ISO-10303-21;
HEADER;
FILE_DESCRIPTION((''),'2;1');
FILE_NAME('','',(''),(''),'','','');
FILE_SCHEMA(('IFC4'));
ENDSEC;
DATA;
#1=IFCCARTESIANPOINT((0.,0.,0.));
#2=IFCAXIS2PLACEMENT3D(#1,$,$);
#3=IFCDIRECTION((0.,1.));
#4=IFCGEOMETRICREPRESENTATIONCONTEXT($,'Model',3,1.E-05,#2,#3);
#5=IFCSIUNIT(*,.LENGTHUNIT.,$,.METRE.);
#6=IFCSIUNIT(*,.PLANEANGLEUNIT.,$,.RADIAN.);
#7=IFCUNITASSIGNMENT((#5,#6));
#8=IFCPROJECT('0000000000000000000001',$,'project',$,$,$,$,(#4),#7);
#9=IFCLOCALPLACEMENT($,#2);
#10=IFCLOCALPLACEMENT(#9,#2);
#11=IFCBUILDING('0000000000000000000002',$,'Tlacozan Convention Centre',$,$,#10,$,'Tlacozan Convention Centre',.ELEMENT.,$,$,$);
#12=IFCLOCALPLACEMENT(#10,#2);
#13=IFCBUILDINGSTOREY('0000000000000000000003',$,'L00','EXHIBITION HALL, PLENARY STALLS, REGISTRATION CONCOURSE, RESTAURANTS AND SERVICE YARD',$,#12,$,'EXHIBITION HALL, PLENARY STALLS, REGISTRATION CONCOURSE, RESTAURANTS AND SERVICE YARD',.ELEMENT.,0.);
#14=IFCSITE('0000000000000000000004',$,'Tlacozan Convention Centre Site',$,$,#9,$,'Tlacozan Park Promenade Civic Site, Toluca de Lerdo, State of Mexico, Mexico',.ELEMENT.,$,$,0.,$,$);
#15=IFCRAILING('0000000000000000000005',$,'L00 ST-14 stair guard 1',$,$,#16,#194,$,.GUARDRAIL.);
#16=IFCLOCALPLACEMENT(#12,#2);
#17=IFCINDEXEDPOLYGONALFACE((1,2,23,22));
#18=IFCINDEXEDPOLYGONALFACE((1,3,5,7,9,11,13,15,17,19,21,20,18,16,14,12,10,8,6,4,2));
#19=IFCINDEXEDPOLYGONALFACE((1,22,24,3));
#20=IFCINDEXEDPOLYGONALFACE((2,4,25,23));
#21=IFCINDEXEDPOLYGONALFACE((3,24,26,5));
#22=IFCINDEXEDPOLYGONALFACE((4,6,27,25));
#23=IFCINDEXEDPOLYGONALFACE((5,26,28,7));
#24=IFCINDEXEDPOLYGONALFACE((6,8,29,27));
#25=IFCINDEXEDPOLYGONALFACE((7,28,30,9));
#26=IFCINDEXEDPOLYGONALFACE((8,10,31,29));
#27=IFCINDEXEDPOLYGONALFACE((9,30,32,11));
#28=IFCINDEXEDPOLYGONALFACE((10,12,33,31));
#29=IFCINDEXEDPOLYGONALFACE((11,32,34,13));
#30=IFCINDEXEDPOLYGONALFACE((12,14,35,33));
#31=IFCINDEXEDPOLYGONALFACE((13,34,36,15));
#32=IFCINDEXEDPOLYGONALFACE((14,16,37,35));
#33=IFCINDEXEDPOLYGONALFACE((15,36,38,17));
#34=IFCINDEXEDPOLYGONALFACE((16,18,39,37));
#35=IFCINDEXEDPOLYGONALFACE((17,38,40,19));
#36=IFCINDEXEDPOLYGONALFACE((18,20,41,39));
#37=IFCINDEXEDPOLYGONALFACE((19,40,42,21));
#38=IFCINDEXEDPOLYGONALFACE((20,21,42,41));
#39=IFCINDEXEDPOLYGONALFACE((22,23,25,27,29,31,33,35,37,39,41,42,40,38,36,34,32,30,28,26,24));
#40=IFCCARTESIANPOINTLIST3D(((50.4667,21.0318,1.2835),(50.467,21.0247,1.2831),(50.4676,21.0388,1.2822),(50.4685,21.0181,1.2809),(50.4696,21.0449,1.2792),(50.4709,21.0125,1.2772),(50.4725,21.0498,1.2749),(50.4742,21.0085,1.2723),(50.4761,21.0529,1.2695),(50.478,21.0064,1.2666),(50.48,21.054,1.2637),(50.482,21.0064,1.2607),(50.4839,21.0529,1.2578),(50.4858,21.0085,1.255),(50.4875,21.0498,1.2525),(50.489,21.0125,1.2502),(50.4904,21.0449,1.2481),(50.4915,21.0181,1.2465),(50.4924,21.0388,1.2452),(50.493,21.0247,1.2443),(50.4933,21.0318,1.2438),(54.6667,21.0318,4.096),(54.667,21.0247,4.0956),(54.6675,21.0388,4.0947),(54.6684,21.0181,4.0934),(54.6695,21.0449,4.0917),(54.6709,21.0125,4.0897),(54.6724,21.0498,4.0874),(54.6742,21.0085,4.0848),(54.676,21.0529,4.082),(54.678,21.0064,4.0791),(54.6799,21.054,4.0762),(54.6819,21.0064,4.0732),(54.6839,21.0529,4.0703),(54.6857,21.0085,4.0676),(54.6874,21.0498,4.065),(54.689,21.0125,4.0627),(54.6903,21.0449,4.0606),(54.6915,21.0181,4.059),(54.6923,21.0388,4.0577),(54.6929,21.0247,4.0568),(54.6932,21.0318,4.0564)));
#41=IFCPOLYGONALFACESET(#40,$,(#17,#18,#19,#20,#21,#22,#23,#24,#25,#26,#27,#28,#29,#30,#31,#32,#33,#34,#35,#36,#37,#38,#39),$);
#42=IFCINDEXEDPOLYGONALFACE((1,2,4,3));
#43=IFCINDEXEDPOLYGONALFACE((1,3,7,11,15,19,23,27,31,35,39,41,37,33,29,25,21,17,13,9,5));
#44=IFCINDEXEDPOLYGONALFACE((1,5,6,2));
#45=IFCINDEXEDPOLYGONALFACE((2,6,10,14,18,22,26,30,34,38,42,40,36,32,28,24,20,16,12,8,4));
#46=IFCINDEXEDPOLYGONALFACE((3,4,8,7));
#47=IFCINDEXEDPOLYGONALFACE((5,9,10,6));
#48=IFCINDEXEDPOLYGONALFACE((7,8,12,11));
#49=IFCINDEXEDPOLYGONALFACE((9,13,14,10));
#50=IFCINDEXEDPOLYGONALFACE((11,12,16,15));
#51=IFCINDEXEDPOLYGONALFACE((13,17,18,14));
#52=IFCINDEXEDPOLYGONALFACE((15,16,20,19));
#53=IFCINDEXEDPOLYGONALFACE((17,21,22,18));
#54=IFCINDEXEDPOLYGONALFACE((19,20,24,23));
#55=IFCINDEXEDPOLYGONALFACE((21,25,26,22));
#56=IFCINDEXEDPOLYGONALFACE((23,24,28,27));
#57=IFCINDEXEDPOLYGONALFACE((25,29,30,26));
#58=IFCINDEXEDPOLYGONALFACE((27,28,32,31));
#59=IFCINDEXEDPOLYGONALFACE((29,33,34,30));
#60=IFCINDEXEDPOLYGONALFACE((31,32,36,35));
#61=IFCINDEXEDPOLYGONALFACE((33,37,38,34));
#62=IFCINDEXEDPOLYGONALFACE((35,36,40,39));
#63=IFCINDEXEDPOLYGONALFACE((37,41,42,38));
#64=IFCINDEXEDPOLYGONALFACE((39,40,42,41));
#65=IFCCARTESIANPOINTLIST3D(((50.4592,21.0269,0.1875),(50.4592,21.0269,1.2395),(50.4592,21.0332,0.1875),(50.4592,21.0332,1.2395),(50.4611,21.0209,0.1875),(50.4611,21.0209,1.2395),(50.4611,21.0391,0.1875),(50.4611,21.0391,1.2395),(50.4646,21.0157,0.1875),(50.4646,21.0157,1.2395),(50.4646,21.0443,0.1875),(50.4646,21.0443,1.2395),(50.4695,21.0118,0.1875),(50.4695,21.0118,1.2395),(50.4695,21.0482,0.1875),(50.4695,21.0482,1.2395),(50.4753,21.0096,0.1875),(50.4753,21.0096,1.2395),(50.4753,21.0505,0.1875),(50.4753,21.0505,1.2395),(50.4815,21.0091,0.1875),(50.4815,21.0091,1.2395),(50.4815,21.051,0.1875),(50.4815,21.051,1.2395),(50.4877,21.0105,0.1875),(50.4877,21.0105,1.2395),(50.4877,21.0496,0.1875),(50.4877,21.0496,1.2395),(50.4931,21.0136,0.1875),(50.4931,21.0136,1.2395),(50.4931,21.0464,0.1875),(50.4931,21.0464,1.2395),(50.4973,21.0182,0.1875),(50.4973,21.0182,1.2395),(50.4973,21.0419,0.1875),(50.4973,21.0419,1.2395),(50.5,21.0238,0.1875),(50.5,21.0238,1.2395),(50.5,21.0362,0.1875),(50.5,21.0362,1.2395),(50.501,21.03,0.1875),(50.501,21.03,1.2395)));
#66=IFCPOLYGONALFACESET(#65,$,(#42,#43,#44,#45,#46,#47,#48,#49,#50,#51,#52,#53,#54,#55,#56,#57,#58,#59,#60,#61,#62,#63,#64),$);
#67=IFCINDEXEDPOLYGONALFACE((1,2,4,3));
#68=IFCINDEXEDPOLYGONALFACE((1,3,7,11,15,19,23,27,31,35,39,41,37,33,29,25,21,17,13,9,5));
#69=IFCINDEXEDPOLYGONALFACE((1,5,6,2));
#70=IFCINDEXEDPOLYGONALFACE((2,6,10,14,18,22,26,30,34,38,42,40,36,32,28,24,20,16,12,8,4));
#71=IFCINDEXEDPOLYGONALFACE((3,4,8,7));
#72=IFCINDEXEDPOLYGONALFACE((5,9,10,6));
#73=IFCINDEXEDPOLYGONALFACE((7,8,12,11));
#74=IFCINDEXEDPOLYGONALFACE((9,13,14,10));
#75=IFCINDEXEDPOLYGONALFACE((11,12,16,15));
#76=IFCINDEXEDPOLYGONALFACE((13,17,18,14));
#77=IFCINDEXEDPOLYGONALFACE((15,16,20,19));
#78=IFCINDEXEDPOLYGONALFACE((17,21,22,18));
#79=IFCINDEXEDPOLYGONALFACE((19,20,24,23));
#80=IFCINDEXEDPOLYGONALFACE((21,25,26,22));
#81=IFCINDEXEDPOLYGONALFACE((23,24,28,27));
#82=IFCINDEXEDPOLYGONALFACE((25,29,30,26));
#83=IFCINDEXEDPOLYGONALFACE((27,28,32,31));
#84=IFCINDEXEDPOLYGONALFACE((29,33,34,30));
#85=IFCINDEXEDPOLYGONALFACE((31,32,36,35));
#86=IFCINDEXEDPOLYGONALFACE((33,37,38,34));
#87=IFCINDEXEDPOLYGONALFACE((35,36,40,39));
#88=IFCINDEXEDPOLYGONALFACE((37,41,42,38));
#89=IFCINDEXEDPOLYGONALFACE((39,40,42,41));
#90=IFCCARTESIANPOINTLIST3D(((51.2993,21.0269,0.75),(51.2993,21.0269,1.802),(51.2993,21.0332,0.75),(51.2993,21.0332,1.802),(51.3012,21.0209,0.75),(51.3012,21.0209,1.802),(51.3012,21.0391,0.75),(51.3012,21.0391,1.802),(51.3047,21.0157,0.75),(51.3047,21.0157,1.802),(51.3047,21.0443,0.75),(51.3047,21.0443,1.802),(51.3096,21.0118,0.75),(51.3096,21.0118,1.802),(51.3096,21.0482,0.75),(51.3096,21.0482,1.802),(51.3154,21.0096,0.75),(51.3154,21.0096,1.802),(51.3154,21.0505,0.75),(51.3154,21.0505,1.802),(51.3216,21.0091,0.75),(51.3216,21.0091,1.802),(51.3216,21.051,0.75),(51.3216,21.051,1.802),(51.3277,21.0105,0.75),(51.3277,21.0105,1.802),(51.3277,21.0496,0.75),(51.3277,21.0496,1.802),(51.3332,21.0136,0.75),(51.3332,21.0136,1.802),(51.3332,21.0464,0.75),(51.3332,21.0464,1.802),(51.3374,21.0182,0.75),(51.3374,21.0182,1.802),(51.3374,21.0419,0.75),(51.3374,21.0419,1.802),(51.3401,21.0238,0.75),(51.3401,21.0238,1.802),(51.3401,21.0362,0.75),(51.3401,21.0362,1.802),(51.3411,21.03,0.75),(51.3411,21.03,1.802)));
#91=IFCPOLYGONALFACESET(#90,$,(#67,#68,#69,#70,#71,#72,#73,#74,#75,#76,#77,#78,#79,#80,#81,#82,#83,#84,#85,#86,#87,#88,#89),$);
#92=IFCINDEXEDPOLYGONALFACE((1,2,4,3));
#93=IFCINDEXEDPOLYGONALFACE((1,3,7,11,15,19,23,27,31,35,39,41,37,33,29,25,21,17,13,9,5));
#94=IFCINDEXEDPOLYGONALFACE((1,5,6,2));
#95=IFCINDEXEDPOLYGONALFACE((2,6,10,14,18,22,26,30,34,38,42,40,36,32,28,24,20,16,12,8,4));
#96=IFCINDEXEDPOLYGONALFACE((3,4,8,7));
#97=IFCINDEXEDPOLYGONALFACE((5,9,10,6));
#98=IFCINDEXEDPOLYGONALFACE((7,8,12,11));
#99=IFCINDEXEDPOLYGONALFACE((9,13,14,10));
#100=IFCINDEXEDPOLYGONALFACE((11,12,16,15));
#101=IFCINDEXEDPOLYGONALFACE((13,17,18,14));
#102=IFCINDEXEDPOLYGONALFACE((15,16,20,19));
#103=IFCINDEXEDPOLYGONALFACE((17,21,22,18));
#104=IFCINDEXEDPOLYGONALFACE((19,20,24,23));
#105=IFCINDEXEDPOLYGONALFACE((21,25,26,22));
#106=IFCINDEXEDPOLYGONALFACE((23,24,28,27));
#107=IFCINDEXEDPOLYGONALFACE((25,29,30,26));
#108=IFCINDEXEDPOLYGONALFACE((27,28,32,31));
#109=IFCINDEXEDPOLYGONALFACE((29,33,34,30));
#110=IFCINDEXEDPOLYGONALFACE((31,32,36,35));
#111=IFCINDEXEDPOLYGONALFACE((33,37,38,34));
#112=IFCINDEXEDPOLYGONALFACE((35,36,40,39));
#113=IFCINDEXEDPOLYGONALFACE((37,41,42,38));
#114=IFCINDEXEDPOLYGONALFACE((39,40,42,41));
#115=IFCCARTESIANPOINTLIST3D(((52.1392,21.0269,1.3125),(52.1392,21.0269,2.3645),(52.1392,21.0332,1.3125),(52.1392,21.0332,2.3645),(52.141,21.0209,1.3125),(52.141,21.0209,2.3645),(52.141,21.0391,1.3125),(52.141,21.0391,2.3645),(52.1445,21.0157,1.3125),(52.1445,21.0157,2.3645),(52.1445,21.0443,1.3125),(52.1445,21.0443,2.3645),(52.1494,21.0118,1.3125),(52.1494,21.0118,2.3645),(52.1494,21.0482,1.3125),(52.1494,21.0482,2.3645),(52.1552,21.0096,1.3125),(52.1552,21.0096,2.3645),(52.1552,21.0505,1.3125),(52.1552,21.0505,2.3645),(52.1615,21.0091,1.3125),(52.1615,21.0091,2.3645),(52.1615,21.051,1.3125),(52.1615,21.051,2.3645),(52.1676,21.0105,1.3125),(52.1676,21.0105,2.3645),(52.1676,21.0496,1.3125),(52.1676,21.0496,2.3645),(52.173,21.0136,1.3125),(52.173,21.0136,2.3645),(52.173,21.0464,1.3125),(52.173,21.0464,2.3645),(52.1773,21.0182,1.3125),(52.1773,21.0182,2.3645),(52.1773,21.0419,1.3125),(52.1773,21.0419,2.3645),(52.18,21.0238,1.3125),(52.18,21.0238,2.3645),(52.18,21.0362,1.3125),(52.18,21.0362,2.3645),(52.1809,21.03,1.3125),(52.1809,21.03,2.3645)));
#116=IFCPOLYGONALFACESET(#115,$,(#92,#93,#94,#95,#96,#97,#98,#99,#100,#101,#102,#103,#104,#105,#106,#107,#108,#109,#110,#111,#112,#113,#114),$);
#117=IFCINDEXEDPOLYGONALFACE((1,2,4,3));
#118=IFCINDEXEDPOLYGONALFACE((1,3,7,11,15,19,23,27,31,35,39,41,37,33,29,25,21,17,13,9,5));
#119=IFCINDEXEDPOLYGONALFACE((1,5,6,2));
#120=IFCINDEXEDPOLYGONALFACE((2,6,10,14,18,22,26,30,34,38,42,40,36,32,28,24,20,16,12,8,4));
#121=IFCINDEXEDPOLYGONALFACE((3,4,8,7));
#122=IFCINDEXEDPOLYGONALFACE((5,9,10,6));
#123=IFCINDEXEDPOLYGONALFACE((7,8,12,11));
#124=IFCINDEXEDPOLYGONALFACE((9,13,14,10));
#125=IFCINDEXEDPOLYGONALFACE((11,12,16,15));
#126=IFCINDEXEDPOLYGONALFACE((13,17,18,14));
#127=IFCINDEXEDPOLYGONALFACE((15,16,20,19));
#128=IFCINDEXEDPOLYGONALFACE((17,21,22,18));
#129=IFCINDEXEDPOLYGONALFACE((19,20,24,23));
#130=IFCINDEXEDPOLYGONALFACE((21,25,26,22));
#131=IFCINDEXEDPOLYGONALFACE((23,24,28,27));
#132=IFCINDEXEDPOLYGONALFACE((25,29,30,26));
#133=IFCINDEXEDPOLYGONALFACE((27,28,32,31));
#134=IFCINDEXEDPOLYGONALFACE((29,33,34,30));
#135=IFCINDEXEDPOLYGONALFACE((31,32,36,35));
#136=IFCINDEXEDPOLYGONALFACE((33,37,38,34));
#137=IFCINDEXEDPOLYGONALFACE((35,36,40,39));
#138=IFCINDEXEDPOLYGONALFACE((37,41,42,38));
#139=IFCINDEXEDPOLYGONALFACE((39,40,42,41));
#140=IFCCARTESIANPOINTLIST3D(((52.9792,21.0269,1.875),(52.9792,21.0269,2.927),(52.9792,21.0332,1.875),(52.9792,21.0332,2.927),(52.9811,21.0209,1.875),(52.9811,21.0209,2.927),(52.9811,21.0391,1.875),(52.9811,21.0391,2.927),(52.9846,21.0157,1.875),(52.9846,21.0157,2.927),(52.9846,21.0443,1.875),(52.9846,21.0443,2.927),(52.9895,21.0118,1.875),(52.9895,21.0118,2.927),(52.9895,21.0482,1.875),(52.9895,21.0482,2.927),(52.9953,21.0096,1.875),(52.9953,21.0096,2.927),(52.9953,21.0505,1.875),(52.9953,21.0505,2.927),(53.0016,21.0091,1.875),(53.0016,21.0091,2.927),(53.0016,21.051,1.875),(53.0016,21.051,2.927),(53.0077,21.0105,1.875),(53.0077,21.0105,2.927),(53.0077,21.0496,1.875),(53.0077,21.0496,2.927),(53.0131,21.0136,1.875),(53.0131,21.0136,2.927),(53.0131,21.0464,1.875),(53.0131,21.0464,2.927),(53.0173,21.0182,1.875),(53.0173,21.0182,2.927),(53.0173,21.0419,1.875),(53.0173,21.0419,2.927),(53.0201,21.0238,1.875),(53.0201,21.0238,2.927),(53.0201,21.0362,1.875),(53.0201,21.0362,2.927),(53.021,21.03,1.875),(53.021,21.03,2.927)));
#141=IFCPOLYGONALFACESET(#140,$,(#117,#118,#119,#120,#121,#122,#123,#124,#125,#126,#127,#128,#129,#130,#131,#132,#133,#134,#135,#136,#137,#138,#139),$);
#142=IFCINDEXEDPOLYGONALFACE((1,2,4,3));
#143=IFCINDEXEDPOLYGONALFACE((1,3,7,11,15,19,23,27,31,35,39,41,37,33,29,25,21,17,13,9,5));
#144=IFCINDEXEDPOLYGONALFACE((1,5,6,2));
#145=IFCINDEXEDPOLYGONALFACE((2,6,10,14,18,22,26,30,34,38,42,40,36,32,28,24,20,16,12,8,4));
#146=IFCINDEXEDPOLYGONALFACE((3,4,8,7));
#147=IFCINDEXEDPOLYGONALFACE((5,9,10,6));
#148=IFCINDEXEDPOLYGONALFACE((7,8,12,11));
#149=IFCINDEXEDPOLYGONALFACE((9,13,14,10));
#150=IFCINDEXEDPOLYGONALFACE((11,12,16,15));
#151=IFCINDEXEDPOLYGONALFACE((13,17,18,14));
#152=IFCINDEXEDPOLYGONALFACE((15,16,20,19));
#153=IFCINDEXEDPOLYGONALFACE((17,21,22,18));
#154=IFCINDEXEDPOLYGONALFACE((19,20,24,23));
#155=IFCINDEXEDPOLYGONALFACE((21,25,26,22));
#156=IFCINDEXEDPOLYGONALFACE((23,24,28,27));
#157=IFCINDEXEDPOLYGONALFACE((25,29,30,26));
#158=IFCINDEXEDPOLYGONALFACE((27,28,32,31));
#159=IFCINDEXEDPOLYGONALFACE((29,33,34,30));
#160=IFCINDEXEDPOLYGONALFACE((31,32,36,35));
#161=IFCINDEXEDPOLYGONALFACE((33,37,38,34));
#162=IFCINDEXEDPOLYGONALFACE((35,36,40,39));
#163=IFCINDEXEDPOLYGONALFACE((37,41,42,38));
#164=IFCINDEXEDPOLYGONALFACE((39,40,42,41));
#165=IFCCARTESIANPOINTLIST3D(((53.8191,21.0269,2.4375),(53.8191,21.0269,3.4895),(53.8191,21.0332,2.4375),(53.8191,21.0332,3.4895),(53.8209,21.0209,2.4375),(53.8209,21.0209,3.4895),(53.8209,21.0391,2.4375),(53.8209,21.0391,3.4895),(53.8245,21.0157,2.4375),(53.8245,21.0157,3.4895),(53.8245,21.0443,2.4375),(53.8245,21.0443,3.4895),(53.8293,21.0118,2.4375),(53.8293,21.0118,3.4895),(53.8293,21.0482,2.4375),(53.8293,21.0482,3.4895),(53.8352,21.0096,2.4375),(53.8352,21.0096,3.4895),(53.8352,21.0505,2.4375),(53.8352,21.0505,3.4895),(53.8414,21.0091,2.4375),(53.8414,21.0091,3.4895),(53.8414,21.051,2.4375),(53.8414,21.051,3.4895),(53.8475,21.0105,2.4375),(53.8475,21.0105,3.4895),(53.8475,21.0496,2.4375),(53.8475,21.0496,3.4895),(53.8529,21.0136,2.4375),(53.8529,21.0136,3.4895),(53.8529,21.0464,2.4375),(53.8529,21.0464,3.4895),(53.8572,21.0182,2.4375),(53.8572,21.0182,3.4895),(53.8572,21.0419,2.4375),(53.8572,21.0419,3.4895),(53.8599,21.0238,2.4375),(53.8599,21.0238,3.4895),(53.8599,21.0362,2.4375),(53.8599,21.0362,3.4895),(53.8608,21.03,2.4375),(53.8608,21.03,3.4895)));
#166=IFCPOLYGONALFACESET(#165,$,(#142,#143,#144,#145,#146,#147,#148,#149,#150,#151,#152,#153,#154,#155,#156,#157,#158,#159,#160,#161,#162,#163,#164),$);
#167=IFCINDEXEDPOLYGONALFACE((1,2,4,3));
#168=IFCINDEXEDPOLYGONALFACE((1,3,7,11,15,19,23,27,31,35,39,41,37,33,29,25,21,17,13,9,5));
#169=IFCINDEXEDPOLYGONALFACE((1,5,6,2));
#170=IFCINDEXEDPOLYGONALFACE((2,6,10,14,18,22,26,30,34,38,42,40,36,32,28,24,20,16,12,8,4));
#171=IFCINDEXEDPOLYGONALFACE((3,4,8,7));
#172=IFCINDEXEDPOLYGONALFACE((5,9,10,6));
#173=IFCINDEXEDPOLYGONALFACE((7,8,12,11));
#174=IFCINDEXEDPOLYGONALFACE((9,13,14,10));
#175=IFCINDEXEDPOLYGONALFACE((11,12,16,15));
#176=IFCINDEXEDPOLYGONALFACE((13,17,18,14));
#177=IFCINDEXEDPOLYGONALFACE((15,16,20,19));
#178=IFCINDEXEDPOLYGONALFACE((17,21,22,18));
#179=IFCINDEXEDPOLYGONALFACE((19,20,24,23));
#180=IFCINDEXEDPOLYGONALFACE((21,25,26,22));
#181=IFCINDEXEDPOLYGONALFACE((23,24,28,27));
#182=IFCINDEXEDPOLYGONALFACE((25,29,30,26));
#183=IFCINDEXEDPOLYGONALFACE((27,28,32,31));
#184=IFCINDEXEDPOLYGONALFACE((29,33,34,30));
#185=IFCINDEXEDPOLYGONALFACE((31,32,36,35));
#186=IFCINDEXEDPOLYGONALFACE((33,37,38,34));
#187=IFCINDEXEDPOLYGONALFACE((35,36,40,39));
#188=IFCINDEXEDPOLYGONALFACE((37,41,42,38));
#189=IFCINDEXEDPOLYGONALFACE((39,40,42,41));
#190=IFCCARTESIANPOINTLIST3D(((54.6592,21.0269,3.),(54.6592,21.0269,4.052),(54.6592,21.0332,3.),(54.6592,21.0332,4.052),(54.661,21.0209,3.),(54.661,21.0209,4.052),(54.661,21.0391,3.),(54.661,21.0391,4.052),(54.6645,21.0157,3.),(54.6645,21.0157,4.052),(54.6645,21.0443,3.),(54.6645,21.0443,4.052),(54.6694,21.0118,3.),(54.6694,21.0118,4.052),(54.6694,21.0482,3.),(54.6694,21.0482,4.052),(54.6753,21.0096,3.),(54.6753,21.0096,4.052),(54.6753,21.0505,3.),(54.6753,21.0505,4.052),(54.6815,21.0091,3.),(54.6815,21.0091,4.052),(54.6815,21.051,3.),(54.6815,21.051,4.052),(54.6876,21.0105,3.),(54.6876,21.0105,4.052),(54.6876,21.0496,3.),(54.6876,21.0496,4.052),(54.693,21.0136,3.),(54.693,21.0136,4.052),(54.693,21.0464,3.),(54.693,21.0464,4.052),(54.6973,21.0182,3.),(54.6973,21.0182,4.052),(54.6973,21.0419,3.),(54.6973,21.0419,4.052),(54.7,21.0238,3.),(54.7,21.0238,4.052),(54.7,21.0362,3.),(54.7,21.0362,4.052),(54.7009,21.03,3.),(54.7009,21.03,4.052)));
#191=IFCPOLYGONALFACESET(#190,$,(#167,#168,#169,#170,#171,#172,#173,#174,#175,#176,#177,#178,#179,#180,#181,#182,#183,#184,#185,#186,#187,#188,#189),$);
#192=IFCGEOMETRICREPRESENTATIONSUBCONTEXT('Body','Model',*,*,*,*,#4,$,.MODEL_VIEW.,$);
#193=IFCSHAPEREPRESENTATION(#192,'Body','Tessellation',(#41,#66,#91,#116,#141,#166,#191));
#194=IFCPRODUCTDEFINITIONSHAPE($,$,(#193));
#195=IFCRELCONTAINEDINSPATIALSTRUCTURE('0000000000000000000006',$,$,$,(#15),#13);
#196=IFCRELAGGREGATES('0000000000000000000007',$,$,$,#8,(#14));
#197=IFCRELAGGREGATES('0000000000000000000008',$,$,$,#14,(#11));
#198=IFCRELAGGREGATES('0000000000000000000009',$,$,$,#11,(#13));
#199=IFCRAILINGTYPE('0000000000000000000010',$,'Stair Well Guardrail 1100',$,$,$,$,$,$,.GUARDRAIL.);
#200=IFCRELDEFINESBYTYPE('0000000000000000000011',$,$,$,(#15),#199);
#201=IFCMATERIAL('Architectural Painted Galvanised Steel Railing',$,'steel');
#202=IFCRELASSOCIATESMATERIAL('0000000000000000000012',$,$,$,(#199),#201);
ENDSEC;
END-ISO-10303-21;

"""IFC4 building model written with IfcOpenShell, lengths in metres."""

from ifc_helpers import new_model, si_unit, direction, frame, origin, origin_2d, place, context, subcontext, project, spatial, circle, extrude, material, type_object, element, save


model = new_model("IFC4")

# Units and contexts
model_context = context("Model", 3, precision=1e-05, world=origin(), true_north=direction((0.0, 1.0)))
body_context = subcontext(model_context, "Body", "Model", "MODEL_VIEW")
ifc_project = project(units=[si_unit("LENGTHUNIT", "METRE"), si_unit("PLANEANGLEUNIT", "RADIAN")], contexts=[model_context])

# Site, building, storey
site_placement = place(None, origin())
site = spatial("IfcSite", under=ifc_project, at=site_placement, Name="Tlacozan Convention Centre Site", LongName="Tlacozan Park Promenade Civic Site, Toluca de Lerdo, State of Mexico, Mexico", CompositionType="ELEMENT", RefElevation=0.0)
building_placement = place(site_placement, origin())
building = spatial("IfcBuilding", under=site, at=building_placement, Name="Tlacozan Convention Centre", LongName="Tlacozan Convention Centre", CompositionType="ELEMENT")
storey_placement = place(building_placement, origin())
storey = spatial("IfcBuildingStorey", under=building, at=storey_placement, Name="L00", Description="EXHIBITION HALL, PLENARY STALLS, REGISTRATION CONCOURSE, RESTAURANTS AND SERVICE YARD", LongName="EXHIBITION HALL, PLENARY STALLS, REGISTRATION CONCOURSE, RESTAURANTS AND SERVICE YARD", CompositionType="ELEMENT", Elevation=0.0)

# Railing
ifc_material_1 = material(Name="Architectural Painted Galvanised Steel Railing", Category="steel")
railing_type_1 = type_object("IfcRailingType", Name="Stair Well Guardrail 1100", PredefinedType="GUARDRAIL", material=ifc_material_1)
railing_1_placement = place(storey_placement, frame((50.48, 21.03, 0.1875)))
element("IfcRailing", 1, at=railing_1_placement, inside=storey, type_object=railing_type_1, Name="L00 ST-14 stair guard 1", PredefinedType="GUARDRAIL", context=body_context, shape_type="SweptSolid", body=[
    extrude(circle(Radius=0.0239, at=origin_2d()), frame((0.0, 0.0, 1.0762), z_axis=(0.830904, 0.0, 0.556416), x_axis=(0.0, 1.0, 0.0)), (0.0, 0.0, 1.0), 5.0547),
    extrude(circle(Radius=0.021, at=origin_2d()), origin(), (0.0, 0.0, 1.0), 1.052),
    extrude(circle(Radius=0.021, at=origin_2d()), frame((0.8401, 0.0, 0.5625)), (0.0, 0.0, 1.0), 1.052),
    extrude(circle(Radius=0.021, at=origin_2d()), frame((1.6799, 0.0, 1.125)), (0.0, 0.0, 1.0), 1.052),
    extrude(circle(Radius=0.021, at=origin_2d()), frame((2.52, 0.0, 1.6875)), (0.0, 0.0, 1.0), 1.052),
    extrude(circle(Radius=0.021, at=origin_2d()), frame((3.3599, 0.0, 2.25)), (0.0, 0.0, 1.0), 1.052),
    extrude(circle(Radius=0.021, at=origin_2d()), frame((4.2, 0.0, 2.8125)), (0.0, 0.0, 1.0), 1.052),
])

save(model, "model.ifc")
